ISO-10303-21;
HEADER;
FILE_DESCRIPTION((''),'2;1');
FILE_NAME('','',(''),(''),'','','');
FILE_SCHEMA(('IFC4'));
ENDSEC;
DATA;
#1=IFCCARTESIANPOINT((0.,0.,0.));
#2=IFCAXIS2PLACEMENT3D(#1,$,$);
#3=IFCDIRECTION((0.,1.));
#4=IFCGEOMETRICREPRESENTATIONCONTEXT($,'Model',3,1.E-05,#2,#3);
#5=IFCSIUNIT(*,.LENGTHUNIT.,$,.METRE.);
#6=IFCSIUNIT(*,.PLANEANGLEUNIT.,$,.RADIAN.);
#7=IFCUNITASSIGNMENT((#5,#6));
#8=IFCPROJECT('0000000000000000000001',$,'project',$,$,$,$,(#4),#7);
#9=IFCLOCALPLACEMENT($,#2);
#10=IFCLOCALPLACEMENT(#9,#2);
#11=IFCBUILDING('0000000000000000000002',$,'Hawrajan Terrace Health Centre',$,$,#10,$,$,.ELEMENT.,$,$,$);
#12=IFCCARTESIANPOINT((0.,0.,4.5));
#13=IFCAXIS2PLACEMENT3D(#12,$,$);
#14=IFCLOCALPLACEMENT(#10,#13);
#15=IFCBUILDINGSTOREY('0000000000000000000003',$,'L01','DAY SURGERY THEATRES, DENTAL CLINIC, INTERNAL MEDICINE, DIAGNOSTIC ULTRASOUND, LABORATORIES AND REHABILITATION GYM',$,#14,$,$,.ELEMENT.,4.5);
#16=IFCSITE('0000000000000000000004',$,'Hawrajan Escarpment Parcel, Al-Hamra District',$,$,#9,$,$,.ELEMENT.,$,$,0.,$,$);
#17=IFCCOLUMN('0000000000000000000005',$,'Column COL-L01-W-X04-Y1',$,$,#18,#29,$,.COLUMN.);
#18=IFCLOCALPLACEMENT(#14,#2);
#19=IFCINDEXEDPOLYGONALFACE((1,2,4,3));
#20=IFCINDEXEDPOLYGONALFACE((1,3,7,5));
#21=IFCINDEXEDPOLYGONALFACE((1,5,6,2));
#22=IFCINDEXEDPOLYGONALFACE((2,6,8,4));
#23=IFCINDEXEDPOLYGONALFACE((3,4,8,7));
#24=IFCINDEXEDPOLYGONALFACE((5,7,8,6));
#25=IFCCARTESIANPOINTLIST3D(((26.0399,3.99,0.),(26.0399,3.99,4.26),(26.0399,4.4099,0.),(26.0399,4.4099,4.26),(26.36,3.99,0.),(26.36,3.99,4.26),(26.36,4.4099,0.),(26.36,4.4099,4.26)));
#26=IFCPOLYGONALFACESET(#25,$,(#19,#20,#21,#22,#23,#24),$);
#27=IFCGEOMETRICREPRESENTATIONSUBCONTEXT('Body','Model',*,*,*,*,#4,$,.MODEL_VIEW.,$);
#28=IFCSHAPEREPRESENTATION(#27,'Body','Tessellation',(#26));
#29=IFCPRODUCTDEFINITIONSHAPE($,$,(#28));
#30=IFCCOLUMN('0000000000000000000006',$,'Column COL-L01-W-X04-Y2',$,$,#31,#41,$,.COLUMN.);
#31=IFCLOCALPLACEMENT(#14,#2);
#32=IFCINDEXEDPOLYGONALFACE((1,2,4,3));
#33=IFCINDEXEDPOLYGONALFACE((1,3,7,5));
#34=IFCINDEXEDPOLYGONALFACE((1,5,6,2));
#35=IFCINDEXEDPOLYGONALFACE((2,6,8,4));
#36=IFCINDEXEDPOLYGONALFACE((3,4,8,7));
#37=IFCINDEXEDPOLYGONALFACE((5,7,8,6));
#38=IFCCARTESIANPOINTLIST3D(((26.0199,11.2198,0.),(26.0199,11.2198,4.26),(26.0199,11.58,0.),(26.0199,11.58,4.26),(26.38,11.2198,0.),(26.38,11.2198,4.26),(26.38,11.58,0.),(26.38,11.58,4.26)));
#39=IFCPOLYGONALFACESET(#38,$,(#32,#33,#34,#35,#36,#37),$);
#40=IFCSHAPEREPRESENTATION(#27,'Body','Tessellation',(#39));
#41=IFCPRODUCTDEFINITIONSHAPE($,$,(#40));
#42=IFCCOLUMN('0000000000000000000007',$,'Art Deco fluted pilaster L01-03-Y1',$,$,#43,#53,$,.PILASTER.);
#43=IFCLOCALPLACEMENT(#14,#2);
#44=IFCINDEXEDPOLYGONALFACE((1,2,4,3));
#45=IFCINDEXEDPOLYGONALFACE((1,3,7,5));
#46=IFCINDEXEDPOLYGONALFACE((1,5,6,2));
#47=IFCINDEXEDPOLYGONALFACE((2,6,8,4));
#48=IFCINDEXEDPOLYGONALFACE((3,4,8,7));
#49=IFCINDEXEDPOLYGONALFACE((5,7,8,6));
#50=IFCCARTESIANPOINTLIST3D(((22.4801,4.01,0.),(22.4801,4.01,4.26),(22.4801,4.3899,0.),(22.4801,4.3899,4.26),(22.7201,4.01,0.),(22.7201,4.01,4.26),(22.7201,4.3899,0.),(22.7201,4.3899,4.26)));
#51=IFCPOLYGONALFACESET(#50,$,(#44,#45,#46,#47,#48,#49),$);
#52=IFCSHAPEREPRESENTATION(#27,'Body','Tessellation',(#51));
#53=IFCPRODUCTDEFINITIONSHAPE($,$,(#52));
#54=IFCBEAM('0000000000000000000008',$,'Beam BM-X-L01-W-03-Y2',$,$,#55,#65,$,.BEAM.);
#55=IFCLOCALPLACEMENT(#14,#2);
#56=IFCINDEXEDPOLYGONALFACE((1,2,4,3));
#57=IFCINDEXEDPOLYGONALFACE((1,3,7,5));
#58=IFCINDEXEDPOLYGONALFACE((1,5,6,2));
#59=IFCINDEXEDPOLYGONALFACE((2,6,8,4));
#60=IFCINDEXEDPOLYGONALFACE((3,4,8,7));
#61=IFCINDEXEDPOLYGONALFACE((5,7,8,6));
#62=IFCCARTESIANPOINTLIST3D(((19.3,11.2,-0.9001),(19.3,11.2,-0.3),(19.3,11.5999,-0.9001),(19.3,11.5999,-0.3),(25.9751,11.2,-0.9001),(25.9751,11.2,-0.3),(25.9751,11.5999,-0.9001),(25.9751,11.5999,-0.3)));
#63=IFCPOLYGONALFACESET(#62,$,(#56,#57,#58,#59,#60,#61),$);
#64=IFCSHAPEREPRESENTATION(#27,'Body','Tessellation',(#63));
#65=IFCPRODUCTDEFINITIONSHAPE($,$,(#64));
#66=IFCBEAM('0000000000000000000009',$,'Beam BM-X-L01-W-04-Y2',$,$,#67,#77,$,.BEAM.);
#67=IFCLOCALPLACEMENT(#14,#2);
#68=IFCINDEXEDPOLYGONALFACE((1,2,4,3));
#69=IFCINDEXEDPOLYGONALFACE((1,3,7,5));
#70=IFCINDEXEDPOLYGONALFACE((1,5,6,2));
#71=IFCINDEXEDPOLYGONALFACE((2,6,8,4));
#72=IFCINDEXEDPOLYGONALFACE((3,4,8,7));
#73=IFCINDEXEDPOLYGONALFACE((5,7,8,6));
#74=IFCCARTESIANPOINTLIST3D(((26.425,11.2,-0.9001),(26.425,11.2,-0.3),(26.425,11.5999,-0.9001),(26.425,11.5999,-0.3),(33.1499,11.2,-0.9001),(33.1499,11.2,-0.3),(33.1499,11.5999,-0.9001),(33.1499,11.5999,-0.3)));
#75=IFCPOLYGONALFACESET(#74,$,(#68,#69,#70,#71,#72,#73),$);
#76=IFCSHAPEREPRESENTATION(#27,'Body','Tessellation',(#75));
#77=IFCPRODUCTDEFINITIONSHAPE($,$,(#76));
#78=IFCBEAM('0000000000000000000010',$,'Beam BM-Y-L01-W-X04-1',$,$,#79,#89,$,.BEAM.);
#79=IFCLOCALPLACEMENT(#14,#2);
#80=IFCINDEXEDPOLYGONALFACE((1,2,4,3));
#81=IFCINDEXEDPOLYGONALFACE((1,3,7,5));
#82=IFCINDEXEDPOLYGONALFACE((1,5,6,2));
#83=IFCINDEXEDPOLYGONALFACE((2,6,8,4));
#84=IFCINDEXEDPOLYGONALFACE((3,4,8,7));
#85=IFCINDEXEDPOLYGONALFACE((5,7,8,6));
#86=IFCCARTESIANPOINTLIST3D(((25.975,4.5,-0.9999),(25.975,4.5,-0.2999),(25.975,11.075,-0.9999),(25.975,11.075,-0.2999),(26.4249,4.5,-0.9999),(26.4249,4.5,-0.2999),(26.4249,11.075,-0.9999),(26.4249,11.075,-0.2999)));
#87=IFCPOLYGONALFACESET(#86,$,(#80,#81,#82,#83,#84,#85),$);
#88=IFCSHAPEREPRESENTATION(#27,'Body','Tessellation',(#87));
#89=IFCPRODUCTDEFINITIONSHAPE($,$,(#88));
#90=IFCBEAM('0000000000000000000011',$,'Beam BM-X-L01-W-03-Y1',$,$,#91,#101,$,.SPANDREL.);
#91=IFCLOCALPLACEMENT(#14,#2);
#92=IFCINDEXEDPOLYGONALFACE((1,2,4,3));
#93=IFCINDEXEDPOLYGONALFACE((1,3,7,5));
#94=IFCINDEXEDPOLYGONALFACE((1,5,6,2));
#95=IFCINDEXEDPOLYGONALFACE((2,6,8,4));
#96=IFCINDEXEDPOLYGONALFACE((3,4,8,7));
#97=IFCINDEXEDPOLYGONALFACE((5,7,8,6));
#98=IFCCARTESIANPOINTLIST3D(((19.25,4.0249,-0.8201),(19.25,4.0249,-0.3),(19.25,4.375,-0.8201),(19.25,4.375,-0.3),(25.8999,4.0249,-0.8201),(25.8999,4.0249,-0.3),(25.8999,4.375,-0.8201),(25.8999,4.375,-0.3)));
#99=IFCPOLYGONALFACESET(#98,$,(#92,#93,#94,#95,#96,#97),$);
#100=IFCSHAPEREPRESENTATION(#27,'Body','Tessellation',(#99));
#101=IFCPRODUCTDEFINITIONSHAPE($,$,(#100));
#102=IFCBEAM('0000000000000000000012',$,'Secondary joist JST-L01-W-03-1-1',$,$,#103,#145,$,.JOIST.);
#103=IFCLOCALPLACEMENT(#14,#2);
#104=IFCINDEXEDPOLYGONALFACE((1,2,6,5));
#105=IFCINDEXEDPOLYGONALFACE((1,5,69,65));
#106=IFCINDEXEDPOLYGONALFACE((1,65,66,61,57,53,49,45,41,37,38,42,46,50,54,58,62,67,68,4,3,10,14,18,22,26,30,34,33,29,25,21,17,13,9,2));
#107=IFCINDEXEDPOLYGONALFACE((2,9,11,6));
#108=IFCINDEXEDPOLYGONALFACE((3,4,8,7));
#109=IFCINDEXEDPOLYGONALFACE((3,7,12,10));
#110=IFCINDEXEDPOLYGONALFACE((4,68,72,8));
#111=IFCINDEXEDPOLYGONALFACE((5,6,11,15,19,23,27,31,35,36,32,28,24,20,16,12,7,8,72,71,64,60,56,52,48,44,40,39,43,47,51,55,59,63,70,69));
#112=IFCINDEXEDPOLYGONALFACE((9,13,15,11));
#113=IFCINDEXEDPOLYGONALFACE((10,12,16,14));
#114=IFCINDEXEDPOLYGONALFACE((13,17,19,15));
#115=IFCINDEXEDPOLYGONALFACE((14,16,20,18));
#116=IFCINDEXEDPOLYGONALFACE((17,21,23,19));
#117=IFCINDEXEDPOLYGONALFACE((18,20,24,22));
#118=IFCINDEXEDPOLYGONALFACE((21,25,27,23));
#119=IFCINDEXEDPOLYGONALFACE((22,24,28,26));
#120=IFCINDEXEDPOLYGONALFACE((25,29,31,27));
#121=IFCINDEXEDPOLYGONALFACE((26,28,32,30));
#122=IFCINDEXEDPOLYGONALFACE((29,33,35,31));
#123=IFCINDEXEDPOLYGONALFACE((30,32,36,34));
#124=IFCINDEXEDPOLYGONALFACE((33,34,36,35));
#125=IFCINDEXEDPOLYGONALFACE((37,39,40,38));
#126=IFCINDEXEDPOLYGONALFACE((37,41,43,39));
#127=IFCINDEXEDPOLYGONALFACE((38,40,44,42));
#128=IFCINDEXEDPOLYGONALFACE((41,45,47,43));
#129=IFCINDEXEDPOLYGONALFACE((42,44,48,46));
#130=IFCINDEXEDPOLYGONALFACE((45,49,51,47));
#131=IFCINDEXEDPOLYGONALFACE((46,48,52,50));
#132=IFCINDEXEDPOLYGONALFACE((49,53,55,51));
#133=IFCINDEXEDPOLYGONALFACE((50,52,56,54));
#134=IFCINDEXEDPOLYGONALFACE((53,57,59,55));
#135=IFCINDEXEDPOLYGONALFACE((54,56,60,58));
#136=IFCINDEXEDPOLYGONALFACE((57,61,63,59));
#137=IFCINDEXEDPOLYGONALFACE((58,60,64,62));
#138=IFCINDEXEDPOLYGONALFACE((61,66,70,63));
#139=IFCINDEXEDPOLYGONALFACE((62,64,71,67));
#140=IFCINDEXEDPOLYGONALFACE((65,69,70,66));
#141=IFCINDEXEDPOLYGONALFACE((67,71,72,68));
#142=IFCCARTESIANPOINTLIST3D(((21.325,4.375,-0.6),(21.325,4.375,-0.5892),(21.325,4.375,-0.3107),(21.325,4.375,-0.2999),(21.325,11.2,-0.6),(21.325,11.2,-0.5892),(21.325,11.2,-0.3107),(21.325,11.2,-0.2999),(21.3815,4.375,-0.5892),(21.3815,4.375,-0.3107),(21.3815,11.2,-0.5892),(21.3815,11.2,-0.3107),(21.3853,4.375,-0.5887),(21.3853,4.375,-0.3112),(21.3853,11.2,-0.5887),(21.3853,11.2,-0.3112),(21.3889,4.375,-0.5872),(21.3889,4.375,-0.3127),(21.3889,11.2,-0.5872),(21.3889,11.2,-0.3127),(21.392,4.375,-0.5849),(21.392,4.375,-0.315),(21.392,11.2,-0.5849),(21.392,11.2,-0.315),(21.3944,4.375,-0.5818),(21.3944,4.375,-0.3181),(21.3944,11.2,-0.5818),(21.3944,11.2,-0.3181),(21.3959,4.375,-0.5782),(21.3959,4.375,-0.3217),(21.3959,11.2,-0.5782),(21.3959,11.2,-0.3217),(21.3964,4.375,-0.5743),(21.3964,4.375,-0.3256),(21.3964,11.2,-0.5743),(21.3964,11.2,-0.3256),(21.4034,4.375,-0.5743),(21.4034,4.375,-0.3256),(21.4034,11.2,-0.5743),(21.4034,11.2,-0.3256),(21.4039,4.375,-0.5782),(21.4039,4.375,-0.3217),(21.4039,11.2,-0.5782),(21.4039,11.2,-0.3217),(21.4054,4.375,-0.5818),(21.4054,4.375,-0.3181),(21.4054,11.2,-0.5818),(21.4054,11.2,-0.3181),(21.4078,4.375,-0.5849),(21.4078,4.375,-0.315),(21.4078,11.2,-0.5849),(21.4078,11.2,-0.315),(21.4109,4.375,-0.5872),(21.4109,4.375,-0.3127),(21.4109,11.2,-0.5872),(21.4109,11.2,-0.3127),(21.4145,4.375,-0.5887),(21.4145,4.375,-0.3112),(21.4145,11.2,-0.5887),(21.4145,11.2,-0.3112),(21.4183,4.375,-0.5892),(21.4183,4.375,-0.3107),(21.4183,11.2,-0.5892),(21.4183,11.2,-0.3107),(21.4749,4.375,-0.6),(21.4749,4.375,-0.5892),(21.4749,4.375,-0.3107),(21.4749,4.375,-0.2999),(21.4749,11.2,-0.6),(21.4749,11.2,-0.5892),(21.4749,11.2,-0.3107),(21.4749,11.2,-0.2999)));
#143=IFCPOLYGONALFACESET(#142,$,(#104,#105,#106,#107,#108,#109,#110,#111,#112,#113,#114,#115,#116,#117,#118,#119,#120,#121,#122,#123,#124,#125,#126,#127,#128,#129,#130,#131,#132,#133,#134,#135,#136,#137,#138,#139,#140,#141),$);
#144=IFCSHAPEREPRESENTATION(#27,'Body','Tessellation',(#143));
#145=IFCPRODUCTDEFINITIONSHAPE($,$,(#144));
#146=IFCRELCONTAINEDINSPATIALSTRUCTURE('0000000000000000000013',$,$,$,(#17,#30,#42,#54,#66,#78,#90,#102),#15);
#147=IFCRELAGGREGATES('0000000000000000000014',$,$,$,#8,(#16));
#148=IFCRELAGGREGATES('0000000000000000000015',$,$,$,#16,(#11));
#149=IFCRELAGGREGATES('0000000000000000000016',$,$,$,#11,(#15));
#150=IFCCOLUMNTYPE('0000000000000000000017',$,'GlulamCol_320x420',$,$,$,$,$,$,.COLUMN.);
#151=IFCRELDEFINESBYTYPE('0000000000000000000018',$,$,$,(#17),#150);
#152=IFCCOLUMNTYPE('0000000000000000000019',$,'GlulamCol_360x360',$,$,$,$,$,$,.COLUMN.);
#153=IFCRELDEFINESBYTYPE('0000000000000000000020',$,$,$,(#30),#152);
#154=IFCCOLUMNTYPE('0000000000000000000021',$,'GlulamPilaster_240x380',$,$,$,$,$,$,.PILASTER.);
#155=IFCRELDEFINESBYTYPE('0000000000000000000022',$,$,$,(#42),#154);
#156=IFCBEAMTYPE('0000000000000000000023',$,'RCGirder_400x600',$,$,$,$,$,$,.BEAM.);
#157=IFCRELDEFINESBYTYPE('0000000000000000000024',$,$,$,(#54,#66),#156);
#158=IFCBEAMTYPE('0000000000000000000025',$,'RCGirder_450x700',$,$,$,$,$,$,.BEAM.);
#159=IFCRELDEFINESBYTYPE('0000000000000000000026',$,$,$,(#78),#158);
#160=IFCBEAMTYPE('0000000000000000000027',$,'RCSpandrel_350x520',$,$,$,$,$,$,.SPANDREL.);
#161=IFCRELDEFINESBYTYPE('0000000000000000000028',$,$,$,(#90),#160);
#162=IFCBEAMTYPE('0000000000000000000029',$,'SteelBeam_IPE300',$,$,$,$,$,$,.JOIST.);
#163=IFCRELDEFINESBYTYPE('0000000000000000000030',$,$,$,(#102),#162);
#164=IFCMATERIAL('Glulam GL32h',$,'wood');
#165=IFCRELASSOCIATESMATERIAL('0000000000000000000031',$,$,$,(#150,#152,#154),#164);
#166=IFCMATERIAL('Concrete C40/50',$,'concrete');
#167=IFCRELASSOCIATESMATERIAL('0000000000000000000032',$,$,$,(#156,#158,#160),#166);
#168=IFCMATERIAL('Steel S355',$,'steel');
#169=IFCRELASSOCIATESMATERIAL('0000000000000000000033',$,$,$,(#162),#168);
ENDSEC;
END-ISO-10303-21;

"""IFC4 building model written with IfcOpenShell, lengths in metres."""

from ifc_helpers import new_model, si_unit, direction, frame, origin, origin_2d, place, context, subcontext, project, spatial, rectangle, i_section, extrude, material, material_profile, profile_set, type_object, element, save


model = new_model("IFC4")

# Units and contexts
model_context = context("Model", 3, precision=1e-05, world=origin(), true_north=direction((0.0, 1.0)))
body_context = subcontext(model_context, "Body", "Model", "MODEL_VIEW")
ifc_project = project(units=[si_unit("LENGTHUNIT", "METRE"), si_unit("PLANEANGLEUNIT", "RADIAN")], contexts=[model_context])

# Site, building, storey
site_placement = place(None, origin())
site = spatial("IfcSite", under=ifc_project, at=site_placement, Name="Hawrajan Escarpment Parcel, Al-Hamra District", CompositionType="ELEMENT", RefElevation=0.0)
building_placement = place(site_placement, origin())
building = spatial("IfcBuilding", under=site, at=building_placement, Name="Hawrajan Terrace Health Centre", CompositionType="ELEMENT")
storey_placement = place(building_placement, frame((0.0, 0.0, 4.5)))
storey = spatial("IfcBuildingStorey", under=building, at=storey_placement, Name="L01", Description="DAY SURGERY THEATRES, DENTAL CLINIC, INTERNAL MEDICINE, DIAGNOSTIC ULTRASOUND, LABORATORIES AND REHABILITATION GYM", CompositionType="ELEMENT", Elevation=4.5)

# Columns
ifc_material_1 = material(Name="Glulam GL32h", Category="wood")
ifc_material_profile_1 = material_profile(ifc_material_1, rectangle(XDim=0.3201, YDim=0.4199, at=origin_2d()), Name="GL 320x420")
ifc_profile_set_1 = profile_set([ifc_material_profile_1], Name="Glulam GL32h")
column_type_1 = type_object("IfcColumnType", Name="GlulamCol_320x420", PredefinedType="COLUMN", material=ifc_profile_set_1)
column_1_placement = place(storey_placement, frame((26.2, 4.2, 0.0), z_axis=(0.0, 0.0, 1.0), x_axis=(1.0, 0.0, 0.0)))
element("IfcColumn", 1, at=column_1_placement, inside=storey, type_object=column_type_1, Name="Column COL-L01-W-X04-Y1", PredefinedType="COLUMN", context=body_context, shape_type="SweptSolid", body=[
    extrude(rectangle(XDim=0.3201, YDim=0.4199, at=origin_2d()), origin(), (0.0, 0.0, 1.0), 4.26),
])
ifc_material_profile_2 = material_profile(ifc_material_1, rectangle(XDim=0.3601, YDim=0.3601, at=origin_2d()), Name="GL 360x360")
ifc_profile_set_2 = profile_set([ifc_material_profile_2], Name="Glulam GL32h")
column_type_2 = type_object("IfcColumnType", Name="GlulamCol_360x360", PredefinedType="COLUMN", material=ifc_profile_set_2)
column_2_placement = place(storey_placement, frame((26.2, 11.3999, 0.0), z_axis=(0.0, 0.0, 1.0), x_axis=(1.0, 0.0, 0.0)))
element("IfcColumn", 2, at=column_2_placement, inside=storey, type_object=column_type_2, Name="Column COL-L01-W-X04-Y2", PredefinedType="COLUMN", context=body_context, shape_type="SweptSolid", body=[
    extrude(rectangle(XDim=0.3601, YDim=0.3601, at=origin_2d()), origin(), (0.0, 0.0, 1.0), 4.26),
])
ifc_material_profile_3 = material_profile(ifc_material_1, rectangle(XDim=0.24, YDim=0.3799, at=origin_2d()), Name="GL PIL 240x380")
ifc_profile_set_3 = profile_set([ifc_material_profile_3], Name="Glulam GL32h")
column_type_3 = type_object("IfcColumnType", Name="GlulamPilaster_240x380", PredefinedType="PILASTER", material=ifc_profile_set_3)
column_3_placement = place(storey_placement, frame((22.6001, 4.2, 0.0), z_axis=(0.0, 0.0, 1.0), x_axis=(1.0, 0.0, 0.0)))
element("IfcColumn", 3, at=column_3_placement, inside=storey, type_object=column_type_3, Name="Art Deco fluted pilaster L01-03-Y1", PredefinedType="PILASTER", context=body_context, shape_type="SweptSolid", body=[
    extrude(rectangle(XDim=0.24, YDim=0.3799, at=origin_2d()), origin(), (0.0, 0.0, 1.0), 4.26),
])

# Beams
ifc_material_2 = material(Name="Concrete C40/50", Category="concrete")
ifc_material_profile_4 = material_profile(ifc_material_2, rectangle(XDim=0.3999, YDim=0.6001, at=origin_2d()), Name="RC BM 400x600")
ifc_profile_set_4 = profile_set([ifc_material_profile_4], Name="Concrete C40/50")
beam_type_1 = type_object("IfcBeamType", Name="RCGirder_400x600", PredefinedType="BEAM", material=ifc_profile_set_4)
beam_1_placement = place(storey_placement, frame((19.3, 11.3999, -0.6001), z_axis=(1.0, 0.0, 0.0), x_axis=(0.0, 1.0, 0.0)))
element("IfcBeam", 4, at=beam_1_placement, inside=storey, type_object=beam_type_1, Name="Beam BM-X-L01-W-03-Y2", PredefinedType="BEAM", context=body_context, shape_type="SweptSolid", body=[
    extrude(rectangle(XDim=0.3999, YDim=0.6001, at=origin_2d()), origin(), (0.0, 0.0, 1.0), 6.675),
])
beam_2_placement = place(storey_placement, frame((26.425, 11.3999, -0.6001), z_axis=(1.0, 0.0, 0.0), x_axis=(0.0, 1.0, 0.0)))
element("IfcBeam", 5, at=beam_2_placement, inside=storey, type_object=beam_type_1, Name="Beam BM-X-L01-W-04-Y2", PredefinedType="BEAM", context=body_context, shape_type="SweptSolid", body=[
    extrude(rectangle(XDim=0.3999, YDim=0.6001, at=origin_2d()), origin(), (0.0, 0.0, 1.0), 6.7249),
])
ifc_material_profile_5 = material_profile(ifc_material_2, rectangle(XDim=0.45, YDim=0.7, at=origin_2d()), Name="RC BM 450x700")
ifc_profile_set_5 = profile_set([ifc_material_profile_5], Name="Concrete C40/50")
beam_type_2 = type_object("IfcBeamType", Name="RCGirder_450x700", PredefinedType="BEAM", material=ifc_profile_set_5)
beam_3_placement = place(storey_placement, frame((26.2, 4.5, -0.6499), z_axis=(0.0, 1.0, 0.0), x_axis=(-1.0, 0.0, 0.0)))
element("IfcBeam", 6, at=beam_3_placement, inside=storey, type_object=beam_type_2, Name="Beam BM-Y-L01-W-X04-1", PredefinedType="BEAM", context=body_context, shape_type="SweptSolid", body=[
    extrude(rectangle(XDim=0.45, YDim=0.7, at=origin_2d()), origin(), (0.0, 0.0, 1.0), 6.575),
])
ifc_material_profile_6 = material_profile(ifc_material_2, rectangle(XDim=0.3501, YDim=0.52, at=origin_2d()), Name="RC SP 350x520")
ifc_profile_set_6 = profile_set([ifc_material_profile_6], Name="Concrete C40/50")
beam_type_3 = type_object("IfcBeamType", Name="RCSpandrel_350x520", PredefinedType="SPANDREL", material=ifc_profile_set_6)
beam_4_placement = place(storey_placement, frame((19.25, 4.2, -0.5601), z_axis=(1.0, 0.0, 0.0), x_axis=(0.0, 1.0, 0.0)))
element("IfcBeam", 7, at=beam_4_placement, inside=storey, type_object=beam_type_3, Name="Beam BM-X-L01-W-03-Y1", PredefinedType="SPANDREL", context=body_context, shape_type="SweptSolid", body=[
    extrude(rectangle(XDim=0.3501, YDim=0.52, at=origin_2d()), origin(), (0.0, 0.0, 1.0), 6.6499),
])
ifc_material_3 = material(Name="Steel S355", Category="steel")
ifc_material_profile_7 = material_profile(ifc_material_3, i_section(OverallWidth=0.1499, OverallDepth=0.3, WebThickness=0.0071, FlangeThickness=0.0107, FilletRadius=0.0149, at=origin_2d()), Name="IPE 300")
ifc_profile_set_7 = profile_set([ifc_material_profile_7], Name="Steel S355")
beam_type_4 = type_object("IfcBeamType", Name="SteelBeam_IPE300", PredefinedType="JOIST", material=ifc_profile_set_7)
for number, where, z_axis, x_axis, name in (
    (8, (21.3999, 4.375, -0.45), (0.0, 1.0, 0.0), (-1.0, 0.0, 0.0), "Secondary joist JST-L01-W-03-1-1"),
):
    element("IfcBeam", number, at=place(storey_placement, frame(where, z_axis=z_axis, x_axis=x_axis)), inside=storey, type_object=beam_type_4, Name=name, PredefinedType="JOIST", context=body_context, shape_type="SweptSolid", body=[
        extrude(i_section(OverallWidth=0.1499, OverallDepth=0.3, WebThickness=0.0071, FlangeThickness=0.0107, FilletRadius=0.0149, at=origin_2d()), origin(), (0.0, 0.0, 1.0), 6.825),
    ])

save(model, "model.ifc")
